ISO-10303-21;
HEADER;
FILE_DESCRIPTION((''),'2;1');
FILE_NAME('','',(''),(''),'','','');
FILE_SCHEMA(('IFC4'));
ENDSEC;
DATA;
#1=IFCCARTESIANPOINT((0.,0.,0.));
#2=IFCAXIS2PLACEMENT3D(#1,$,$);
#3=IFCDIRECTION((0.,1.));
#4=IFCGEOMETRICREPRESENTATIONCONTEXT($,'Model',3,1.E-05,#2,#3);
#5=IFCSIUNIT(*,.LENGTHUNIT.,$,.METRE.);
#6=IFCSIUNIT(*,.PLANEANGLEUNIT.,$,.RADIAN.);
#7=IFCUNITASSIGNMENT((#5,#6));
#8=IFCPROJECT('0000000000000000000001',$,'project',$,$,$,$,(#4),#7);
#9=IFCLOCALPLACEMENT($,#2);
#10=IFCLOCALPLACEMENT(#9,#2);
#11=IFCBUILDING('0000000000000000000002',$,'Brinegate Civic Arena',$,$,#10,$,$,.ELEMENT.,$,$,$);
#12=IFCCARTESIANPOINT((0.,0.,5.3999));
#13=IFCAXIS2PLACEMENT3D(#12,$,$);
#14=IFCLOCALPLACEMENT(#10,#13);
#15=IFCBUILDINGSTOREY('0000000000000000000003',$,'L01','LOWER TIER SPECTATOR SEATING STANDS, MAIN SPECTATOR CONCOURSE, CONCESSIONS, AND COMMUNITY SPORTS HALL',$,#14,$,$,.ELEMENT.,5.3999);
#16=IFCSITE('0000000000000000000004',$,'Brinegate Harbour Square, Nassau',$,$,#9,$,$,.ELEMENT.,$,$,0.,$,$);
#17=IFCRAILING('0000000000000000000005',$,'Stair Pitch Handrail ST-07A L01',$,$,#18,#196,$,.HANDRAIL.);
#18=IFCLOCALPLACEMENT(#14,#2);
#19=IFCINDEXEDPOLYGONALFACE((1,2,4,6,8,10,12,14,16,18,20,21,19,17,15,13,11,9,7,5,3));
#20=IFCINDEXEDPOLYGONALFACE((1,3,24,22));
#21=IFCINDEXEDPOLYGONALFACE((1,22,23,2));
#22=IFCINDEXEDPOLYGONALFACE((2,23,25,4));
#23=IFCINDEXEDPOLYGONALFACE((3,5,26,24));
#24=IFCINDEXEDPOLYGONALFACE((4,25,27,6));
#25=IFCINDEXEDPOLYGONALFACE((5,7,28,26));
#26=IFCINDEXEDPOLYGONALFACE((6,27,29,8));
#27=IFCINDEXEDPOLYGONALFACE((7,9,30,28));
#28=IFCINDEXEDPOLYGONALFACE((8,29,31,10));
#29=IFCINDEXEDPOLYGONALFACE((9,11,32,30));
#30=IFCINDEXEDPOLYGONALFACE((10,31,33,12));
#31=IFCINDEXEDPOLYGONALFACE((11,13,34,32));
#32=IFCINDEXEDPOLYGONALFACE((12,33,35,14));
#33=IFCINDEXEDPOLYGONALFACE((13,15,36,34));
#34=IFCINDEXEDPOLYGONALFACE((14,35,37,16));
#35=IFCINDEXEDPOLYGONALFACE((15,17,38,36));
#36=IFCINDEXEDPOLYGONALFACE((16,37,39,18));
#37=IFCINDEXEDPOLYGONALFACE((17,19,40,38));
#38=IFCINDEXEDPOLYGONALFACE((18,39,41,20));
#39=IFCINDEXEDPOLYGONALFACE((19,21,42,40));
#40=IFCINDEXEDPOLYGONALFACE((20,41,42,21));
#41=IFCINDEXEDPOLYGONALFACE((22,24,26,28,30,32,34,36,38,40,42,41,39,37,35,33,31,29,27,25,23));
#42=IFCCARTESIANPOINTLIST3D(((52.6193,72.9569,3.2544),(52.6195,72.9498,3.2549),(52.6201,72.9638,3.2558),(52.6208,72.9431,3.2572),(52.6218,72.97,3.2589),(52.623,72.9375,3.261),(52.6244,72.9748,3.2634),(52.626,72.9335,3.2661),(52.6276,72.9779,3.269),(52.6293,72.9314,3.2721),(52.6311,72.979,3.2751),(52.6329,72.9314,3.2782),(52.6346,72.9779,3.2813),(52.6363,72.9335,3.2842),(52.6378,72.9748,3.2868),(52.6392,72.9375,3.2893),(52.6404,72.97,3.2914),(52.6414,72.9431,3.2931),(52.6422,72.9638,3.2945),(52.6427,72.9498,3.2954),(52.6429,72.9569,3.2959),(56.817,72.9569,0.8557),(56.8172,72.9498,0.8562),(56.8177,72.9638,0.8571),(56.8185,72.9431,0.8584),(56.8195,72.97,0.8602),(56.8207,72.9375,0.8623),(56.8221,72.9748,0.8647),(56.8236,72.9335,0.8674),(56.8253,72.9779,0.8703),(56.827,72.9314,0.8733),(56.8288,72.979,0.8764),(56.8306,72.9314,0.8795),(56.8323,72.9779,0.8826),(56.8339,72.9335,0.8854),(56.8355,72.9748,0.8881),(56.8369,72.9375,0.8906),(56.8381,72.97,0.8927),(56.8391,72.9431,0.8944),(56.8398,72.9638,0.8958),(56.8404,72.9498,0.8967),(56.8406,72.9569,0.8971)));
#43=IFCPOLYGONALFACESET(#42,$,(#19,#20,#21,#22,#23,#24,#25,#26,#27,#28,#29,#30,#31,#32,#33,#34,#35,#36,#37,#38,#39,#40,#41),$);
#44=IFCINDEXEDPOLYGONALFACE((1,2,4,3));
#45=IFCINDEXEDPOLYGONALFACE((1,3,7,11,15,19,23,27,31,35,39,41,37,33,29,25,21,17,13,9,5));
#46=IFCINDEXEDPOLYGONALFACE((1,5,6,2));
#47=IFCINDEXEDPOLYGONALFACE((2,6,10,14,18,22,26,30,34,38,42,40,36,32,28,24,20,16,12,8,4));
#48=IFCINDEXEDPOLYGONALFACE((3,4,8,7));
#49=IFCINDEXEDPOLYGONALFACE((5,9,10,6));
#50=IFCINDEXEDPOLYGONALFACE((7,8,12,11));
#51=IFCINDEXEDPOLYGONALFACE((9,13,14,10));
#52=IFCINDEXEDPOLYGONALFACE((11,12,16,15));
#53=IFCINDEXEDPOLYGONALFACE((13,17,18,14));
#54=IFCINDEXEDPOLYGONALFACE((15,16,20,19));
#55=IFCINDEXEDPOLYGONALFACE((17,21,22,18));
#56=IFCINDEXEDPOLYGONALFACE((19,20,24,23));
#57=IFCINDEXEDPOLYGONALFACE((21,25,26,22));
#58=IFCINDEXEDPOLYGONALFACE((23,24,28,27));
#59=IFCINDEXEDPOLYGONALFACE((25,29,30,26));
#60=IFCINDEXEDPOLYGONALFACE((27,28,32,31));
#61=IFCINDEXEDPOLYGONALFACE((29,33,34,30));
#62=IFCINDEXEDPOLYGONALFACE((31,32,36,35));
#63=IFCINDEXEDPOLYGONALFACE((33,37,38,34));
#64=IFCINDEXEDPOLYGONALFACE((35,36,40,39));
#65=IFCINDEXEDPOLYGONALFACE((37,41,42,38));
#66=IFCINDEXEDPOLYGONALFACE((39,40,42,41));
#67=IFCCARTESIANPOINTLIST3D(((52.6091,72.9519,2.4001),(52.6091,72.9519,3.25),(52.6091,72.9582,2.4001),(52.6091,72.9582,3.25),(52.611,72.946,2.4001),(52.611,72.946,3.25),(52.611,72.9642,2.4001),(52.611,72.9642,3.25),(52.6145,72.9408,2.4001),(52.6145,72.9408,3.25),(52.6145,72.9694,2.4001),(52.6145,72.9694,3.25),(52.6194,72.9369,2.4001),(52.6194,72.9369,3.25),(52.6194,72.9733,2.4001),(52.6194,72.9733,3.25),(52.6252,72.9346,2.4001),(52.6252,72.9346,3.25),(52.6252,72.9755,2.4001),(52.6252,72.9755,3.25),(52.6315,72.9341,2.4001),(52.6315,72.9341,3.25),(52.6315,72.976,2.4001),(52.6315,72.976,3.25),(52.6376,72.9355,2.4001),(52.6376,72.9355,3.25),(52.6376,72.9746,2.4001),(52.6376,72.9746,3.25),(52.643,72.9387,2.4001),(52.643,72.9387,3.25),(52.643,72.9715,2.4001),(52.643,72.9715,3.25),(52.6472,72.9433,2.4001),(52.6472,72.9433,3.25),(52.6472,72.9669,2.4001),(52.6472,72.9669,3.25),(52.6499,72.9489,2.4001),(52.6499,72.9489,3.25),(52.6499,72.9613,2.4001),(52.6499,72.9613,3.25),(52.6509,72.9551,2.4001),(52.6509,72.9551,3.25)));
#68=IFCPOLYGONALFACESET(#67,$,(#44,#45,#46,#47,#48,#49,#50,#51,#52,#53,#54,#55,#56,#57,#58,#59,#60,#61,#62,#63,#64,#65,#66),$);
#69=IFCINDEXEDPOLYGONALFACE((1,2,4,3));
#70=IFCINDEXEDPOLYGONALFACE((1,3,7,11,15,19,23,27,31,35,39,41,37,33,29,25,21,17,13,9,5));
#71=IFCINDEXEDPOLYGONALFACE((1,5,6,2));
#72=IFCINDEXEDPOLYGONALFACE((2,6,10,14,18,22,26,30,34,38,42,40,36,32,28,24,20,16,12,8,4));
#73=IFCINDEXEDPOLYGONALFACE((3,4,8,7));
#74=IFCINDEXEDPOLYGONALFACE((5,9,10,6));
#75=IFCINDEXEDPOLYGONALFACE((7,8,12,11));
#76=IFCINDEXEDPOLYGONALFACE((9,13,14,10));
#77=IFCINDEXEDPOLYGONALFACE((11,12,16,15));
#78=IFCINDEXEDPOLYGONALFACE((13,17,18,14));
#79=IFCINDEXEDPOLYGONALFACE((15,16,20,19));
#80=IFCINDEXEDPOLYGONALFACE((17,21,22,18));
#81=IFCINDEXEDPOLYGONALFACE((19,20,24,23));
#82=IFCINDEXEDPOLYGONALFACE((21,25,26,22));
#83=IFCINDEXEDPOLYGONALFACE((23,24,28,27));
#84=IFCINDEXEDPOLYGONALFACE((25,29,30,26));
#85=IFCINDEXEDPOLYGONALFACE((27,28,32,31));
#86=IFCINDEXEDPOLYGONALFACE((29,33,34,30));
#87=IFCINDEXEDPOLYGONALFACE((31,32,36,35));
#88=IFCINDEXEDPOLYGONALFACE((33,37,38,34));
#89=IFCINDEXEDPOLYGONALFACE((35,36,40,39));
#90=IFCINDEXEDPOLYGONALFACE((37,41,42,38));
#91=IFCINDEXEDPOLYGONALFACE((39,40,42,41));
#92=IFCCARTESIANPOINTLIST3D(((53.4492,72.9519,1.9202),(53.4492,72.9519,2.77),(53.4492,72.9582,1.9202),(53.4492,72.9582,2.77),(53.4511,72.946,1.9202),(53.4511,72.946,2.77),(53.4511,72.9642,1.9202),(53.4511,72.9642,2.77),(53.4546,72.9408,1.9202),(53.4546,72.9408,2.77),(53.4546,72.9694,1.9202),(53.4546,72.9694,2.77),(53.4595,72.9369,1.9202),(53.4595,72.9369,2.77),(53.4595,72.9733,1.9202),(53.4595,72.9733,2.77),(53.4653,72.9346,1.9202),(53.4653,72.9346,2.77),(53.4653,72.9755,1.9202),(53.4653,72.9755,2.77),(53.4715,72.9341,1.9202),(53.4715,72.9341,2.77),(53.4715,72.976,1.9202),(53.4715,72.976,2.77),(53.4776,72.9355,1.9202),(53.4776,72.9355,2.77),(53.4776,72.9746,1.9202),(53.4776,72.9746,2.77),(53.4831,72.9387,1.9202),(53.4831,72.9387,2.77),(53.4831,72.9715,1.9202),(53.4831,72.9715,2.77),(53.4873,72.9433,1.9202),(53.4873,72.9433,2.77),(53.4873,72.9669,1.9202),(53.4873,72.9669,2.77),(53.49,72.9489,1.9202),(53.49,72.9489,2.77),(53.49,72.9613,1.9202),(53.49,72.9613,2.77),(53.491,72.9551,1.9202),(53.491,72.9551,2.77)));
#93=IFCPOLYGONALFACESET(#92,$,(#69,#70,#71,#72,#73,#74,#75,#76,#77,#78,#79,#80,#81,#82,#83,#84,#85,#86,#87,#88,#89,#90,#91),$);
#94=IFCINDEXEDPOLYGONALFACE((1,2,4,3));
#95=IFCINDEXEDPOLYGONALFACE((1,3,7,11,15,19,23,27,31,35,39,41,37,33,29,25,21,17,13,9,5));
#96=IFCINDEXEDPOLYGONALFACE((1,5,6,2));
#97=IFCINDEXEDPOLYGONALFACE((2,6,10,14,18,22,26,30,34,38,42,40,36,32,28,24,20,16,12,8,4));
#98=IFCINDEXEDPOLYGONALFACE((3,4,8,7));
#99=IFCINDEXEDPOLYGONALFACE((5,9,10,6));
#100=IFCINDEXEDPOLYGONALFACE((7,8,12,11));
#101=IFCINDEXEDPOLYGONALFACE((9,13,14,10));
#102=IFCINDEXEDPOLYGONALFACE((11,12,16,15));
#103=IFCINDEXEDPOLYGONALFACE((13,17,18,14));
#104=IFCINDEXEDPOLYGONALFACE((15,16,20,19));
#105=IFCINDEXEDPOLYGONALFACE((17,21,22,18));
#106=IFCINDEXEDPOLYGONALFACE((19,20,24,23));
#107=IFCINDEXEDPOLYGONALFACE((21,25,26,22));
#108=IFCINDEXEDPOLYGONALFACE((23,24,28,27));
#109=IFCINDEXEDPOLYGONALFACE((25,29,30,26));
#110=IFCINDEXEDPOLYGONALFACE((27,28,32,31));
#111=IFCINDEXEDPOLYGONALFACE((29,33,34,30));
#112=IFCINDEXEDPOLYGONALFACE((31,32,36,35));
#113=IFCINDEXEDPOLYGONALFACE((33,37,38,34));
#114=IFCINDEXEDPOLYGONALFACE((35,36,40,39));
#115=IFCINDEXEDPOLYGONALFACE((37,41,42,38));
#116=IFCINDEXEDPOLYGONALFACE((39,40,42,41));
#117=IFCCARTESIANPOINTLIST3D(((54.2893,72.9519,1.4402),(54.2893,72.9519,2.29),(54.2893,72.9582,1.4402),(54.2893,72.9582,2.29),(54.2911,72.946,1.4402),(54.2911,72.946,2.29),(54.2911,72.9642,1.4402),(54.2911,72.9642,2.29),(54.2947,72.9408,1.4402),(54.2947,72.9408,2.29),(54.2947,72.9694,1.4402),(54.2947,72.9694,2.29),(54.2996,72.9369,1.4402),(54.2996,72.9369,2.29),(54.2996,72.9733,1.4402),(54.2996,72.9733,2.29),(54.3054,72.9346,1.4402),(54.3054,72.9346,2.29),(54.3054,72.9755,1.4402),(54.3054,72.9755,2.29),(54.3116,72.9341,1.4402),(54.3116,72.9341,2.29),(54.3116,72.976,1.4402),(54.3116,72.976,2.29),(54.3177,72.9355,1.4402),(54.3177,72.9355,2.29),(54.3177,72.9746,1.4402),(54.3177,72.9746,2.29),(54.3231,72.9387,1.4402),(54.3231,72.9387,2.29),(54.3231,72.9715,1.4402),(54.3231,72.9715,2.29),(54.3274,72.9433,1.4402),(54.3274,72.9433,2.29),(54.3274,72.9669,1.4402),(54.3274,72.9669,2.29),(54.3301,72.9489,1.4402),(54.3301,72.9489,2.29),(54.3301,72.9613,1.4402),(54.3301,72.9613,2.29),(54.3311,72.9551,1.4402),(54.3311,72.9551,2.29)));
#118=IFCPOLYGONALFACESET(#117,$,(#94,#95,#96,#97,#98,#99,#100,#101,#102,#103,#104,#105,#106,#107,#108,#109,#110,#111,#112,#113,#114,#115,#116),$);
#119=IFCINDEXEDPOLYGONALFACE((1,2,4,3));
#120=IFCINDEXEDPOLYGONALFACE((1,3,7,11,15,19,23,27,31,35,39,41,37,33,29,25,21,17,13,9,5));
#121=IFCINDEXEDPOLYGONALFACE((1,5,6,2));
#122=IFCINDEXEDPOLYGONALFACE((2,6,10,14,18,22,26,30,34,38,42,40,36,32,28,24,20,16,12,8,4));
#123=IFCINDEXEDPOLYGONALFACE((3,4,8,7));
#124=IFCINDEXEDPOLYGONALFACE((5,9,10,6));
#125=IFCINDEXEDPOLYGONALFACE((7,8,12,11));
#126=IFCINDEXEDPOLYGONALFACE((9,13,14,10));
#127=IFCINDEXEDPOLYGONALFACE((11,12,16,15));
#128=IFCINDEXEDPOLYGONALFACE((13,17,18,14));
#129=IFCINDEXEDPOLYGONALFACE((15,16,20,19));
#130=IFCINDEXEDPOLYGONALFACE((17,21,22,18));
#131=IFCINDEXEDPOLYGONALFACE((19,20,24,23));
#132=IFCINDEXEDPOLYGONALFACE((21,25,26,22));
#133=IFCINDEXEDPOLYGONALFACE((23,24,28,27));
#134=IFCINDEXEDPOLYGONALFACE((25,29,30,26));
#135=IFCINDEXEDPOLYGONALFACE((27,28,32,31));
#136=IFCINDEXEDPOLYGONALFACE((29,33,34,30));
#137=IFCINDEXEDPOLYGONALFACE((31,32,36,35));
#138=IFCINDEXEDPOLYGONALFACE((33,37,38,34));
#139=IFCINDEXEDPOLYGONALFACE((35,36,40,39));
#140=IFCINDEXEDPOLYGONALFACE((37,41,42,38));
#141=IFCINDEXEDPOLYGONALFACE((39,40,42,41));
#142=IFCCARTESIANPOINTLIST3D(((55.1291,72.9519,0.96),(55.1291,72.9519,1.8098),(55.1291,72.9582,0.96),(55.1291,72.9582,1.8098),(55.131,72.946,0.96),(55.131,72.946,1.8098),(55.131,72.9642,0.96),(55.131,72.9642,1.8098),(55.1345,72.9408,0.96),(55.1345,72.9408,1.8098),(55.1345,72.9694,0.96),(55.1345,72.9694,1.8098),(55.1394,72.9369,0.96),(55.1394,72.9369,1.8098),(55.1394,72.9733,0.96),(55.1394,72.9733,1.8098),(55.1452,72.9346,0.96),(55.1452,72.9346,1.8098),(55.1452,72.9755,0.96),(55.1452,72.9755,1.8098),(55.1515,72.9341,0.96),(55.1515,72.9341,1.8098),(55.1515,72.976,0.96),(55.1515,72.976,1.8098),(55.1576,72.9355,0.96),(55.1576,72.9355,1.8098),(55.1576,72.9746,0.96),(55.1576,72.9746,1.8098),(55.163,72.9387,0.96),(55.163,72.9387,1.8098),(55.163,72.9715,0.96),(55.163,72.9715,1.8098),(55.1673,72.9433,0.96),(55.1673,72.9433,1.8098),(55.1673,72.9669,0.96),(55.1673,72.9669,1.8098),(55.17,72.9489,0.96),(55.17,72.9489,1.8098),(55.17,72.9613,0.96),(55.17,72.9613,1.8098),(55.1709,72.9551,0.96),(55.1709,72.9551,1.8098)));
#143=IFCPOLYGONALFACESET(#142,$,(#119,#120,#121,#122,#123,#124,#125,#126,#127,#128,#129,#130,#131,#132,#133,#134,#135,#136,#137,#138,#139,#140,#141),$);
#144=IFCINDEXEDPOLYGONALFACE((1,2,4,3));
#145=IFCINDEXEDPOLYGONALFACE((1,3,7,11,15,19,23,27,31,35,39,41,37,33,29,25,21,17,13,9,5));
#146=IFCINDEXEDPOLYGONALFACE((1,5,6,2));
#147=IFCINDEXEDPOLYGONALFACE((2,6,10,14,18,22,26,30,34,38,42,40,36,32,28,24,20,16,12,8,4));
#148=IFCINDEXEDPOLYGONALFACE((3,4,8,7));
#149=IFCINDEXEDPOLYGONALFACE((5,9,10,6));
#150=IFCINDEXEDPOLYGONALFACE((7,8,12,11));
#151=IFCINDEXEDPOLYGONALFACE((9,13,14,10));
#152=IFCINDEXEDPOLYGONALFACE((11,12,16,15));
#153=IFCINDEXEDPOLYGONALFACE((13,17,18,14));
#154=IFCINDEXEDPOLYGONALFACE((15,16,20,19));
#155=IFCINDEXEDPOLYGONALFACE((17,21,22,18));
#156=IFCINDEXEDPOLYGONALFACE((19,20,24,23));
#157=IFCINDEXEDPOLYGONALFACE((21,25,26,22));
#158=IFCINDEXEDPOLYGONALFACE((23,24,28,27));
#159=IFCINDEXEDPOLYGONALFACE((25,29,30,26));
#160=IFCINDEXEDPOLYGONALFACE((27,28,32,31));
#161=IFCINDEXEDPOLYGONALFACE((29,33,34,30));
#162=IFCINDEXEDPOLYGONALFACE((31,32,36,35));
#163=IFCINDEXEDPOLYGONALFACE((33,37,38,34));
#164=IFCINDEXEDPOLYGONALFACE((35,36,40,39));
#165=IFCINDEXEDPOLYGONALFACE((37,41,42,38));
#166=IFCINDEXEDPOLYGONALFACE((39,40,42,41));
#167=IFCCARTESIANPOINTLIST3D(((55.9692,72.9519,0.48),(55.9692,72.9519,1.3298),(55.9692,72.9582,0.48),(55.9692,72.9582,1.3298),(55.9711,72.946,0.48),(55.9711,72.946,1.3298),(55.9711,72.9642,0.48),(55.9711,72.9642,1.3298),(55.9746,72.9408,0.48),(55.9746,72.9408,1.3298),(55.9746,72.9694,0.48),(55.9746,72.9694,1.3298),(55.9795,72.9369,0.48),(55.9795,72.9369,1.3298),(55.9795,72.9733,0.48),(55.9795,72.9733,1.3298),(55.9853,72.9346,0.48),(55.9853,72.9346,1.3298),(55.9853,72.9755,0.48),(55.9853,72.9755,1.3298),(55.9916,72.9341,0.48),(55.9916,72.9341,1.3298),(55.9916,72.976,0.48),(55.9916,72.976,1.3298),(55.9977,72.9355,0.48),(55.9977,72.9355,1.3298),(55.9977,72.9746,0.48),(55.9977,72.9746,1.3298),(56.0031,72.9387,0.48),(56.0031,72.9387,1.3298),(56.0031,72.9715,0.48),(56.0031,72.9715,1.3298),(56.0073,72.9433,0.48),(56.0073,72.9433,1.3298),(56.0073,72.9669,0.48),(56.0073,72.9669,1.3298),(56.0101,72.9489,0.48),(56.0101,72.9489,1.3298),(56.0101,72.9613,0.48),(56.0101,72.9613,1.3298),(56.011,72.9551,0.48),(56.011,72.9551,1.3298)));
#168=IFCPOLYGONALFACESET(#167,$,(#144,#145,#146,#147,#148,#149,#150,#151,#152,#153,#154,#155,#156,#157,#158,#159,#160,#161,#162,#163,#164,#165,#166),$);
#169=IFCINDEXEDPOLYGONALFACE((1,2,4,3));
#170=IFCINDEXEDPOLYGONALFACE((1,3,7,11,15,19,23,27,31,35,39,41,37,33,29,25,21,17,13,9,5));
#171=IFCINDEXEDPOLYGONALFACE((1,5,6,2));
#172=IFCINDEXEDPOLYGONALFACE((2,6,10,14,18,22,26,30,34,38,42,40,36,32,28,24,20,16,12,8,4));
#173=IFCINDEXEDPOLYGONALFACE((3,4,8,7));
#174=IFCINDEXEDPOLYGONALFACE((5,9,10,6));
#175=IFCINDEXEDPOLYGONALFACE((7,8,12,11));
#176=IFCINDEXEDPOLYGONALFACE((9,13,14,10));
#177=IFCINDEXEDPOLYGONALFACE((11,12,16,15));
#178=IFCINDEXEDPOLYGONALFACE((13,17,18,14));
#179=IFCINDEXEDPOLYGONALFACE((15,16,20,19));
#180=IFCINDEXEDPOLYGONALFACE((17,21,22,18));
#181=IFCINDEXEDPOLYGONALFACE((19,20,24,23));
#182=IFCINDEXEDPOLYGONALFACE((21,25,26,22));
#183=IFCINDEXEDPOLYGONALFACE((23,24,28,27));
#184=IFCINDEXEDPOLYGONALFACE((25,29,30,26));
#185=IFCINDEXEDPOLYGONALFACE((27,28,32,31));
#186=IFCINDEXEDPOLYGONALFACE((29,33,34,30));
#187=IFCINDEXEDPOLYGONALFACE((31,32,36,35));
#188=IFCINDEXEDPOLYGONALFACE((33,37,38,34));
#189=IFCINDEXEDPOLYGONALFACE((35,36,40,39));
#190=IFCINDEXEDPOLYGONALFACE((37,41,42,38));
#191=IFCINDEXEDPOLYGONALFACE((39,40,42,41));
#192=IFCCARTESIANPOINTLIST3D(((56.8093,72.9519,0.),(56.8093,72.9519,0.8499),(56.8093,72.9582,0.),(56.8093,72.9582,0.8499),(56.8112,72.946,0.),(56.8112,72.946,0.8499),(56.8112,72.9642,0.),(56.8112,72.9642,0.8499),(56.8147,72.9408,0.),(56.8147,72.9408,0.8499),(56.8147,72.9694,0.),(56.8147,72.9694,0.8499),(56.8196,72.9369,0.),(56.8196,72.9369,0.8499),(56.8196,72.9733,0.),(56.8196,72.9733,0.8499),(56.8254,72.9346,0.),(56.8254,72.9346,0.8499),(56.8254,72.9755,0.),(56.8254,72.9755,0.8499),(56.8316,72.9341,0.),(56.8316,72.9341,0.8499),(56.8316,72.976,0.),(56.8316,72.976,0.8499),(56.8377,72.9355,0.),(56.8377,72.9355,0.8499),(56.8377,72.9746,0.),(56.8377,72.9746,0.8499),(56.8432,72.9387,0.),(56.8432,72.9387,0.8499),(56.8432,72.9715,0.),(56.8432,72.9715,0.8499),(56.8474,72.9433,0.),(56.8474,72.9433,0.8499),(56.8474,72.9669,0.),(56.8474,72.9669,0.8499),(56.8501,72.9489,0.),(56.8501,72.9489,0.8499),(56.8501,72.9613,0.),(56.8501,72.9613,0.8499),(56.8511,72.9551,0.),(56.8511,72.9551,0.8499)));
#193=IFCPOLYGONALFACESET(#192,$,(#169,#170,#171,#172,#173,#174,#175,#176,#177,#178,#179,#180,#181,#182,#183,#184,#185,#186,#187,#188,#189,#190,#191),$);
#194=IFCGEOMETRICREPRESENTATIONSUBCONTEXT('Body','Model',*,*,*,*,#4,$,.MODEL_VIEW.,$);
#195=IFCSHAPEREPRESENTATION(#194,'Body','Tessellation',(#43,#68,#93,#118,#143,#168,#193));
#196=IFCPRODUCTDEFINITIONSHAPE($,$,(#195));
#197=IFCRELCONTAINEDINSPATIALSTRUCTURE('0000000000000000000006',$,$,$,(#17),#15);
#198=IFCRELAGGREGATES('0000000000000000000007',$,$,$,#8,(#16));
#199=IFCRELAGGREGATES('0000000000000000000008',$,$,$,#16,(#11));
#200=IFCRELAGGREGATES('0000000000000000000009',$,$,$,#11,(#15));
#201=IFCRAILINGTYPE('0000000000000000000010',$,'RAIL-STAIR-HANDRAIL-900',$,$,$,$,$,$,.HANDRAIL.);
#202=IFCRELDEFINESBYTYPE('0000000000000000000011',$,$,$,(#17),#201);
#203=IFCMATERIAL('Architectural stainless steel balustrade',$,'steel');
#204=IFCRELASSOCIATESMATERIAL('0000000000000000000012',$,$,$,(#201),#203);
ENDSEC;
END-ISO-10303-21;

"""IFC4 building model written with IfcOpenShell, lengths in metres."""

from ifc_helpers import new_model, si_unit, direction, frame, origin, origin_2d, place, context, subcontext, project, spatial, circle, extrude, material, type_object, element, save


model = new_model("IFC4")

# Units and contexts
model_context = context("Model", 3, precision=1e-05, world=origin(), true_north=direction((0.0, 1.0)))
body_context = subcontext(model_context, "Body", "Model", "MODEL_VIEW")
ifc_project = project(units=[si_unit("LENGTHUNIT", "METRE"), si_unit("PLANEANGLEUNIT", "RADIAN")], contexts=[model_context])

# Site, building, storey
site_placement = place(None, origin())
site = spatial("IfcSite", under=ifc_project, at=site_placement, Name="Brinegate Harbour Square, Nassau", CompositionType="ELEMENT", RefElevation=0.0)
building_placement = place(site_placement, origin())
building = spatial("IfcBuilding", under=site, at=building_placement, Name="Brinegate Civic Arena", CompositionType="ELEMENT")
storey_placement = place(building_placement, frame((0.0, 0.0, 5.3999)))
storey = spatial("IfcBuildingStorey", under=building, at=storey_placement, Name="L01", Description="LOWER TIER SPECTATOR SEATING STANDS, MAIN SPECTATOR CONCOURSE, CONCESSIONS, AND COMMUNITY SPORTS HALL", CompositionType="ELEMENT", Elevation=5.3999)

# Railing
ifc_material_1 = material(Name="Architectural stainless steel balustrade", Category="steel")
railing_type_1 = type_object("IfcRailingType", Name="RAIL-STAIR-HANDRAIL-900", PredefinedType="HANDRAIL", material=ifc_material_1)
for number, where, name in (
    (1, (52.6299, 72.9551, 2.4001), "Stair Pitch Handrail ST-07A L01"),
):
    element("IfcRailing", number, at=place(storey_placement, frame(where)), inside=storey, type_object=railing_type_1, Name=name, PredefinedType="HANDRAIL", context=body_context, shape_type="SweptSolid", body=[
        extrude(circle(Radius=0.0239, at=origin_2d()), frame((0.0012, 0.0, 0.875), z_axis=(0.86824, 0.0, -0.496144), x_axis=(0.0, 1.0, 0.0)), (0.0, 0.0, 1.0), 4.8347),
        extrude(circle(Radius=0.021, at=origin_2d()), origin(), (0.0, 0.0, 1.0), 0.8499),
        extrude(circle(Radius=0.021, at=origin_2d()), frame((0.8401, 0.0, -0.48)), (0.0, 0.0, 1.0), 0.8499),
        extrude(circle(Radius=0.021, at=origin_2d()), frame((1.6802, 0.0, -0.96)), (0.0, 0.0, 1.0), 0.8499),
        extrude(circle(Radius=0.021, at=origin_2d()), frame((2.52, 0.0, -1.4402)), (0.0, 0.0, 1.0), 0.8499),
        extrude(circle(Radius=0.021, at=origin_2d()), frame((3.3601, 0.0, -1.9202)), (0.0, 0.0, 1.0), 0.8499),
        extrude(circle(Radius=0.021, at=origin_2d()), frame((4.2002, 0.0, -2.4001)), (0.0, 0.0, 1.0), 0.8499),
    ])

save(model, "model.ifc")
